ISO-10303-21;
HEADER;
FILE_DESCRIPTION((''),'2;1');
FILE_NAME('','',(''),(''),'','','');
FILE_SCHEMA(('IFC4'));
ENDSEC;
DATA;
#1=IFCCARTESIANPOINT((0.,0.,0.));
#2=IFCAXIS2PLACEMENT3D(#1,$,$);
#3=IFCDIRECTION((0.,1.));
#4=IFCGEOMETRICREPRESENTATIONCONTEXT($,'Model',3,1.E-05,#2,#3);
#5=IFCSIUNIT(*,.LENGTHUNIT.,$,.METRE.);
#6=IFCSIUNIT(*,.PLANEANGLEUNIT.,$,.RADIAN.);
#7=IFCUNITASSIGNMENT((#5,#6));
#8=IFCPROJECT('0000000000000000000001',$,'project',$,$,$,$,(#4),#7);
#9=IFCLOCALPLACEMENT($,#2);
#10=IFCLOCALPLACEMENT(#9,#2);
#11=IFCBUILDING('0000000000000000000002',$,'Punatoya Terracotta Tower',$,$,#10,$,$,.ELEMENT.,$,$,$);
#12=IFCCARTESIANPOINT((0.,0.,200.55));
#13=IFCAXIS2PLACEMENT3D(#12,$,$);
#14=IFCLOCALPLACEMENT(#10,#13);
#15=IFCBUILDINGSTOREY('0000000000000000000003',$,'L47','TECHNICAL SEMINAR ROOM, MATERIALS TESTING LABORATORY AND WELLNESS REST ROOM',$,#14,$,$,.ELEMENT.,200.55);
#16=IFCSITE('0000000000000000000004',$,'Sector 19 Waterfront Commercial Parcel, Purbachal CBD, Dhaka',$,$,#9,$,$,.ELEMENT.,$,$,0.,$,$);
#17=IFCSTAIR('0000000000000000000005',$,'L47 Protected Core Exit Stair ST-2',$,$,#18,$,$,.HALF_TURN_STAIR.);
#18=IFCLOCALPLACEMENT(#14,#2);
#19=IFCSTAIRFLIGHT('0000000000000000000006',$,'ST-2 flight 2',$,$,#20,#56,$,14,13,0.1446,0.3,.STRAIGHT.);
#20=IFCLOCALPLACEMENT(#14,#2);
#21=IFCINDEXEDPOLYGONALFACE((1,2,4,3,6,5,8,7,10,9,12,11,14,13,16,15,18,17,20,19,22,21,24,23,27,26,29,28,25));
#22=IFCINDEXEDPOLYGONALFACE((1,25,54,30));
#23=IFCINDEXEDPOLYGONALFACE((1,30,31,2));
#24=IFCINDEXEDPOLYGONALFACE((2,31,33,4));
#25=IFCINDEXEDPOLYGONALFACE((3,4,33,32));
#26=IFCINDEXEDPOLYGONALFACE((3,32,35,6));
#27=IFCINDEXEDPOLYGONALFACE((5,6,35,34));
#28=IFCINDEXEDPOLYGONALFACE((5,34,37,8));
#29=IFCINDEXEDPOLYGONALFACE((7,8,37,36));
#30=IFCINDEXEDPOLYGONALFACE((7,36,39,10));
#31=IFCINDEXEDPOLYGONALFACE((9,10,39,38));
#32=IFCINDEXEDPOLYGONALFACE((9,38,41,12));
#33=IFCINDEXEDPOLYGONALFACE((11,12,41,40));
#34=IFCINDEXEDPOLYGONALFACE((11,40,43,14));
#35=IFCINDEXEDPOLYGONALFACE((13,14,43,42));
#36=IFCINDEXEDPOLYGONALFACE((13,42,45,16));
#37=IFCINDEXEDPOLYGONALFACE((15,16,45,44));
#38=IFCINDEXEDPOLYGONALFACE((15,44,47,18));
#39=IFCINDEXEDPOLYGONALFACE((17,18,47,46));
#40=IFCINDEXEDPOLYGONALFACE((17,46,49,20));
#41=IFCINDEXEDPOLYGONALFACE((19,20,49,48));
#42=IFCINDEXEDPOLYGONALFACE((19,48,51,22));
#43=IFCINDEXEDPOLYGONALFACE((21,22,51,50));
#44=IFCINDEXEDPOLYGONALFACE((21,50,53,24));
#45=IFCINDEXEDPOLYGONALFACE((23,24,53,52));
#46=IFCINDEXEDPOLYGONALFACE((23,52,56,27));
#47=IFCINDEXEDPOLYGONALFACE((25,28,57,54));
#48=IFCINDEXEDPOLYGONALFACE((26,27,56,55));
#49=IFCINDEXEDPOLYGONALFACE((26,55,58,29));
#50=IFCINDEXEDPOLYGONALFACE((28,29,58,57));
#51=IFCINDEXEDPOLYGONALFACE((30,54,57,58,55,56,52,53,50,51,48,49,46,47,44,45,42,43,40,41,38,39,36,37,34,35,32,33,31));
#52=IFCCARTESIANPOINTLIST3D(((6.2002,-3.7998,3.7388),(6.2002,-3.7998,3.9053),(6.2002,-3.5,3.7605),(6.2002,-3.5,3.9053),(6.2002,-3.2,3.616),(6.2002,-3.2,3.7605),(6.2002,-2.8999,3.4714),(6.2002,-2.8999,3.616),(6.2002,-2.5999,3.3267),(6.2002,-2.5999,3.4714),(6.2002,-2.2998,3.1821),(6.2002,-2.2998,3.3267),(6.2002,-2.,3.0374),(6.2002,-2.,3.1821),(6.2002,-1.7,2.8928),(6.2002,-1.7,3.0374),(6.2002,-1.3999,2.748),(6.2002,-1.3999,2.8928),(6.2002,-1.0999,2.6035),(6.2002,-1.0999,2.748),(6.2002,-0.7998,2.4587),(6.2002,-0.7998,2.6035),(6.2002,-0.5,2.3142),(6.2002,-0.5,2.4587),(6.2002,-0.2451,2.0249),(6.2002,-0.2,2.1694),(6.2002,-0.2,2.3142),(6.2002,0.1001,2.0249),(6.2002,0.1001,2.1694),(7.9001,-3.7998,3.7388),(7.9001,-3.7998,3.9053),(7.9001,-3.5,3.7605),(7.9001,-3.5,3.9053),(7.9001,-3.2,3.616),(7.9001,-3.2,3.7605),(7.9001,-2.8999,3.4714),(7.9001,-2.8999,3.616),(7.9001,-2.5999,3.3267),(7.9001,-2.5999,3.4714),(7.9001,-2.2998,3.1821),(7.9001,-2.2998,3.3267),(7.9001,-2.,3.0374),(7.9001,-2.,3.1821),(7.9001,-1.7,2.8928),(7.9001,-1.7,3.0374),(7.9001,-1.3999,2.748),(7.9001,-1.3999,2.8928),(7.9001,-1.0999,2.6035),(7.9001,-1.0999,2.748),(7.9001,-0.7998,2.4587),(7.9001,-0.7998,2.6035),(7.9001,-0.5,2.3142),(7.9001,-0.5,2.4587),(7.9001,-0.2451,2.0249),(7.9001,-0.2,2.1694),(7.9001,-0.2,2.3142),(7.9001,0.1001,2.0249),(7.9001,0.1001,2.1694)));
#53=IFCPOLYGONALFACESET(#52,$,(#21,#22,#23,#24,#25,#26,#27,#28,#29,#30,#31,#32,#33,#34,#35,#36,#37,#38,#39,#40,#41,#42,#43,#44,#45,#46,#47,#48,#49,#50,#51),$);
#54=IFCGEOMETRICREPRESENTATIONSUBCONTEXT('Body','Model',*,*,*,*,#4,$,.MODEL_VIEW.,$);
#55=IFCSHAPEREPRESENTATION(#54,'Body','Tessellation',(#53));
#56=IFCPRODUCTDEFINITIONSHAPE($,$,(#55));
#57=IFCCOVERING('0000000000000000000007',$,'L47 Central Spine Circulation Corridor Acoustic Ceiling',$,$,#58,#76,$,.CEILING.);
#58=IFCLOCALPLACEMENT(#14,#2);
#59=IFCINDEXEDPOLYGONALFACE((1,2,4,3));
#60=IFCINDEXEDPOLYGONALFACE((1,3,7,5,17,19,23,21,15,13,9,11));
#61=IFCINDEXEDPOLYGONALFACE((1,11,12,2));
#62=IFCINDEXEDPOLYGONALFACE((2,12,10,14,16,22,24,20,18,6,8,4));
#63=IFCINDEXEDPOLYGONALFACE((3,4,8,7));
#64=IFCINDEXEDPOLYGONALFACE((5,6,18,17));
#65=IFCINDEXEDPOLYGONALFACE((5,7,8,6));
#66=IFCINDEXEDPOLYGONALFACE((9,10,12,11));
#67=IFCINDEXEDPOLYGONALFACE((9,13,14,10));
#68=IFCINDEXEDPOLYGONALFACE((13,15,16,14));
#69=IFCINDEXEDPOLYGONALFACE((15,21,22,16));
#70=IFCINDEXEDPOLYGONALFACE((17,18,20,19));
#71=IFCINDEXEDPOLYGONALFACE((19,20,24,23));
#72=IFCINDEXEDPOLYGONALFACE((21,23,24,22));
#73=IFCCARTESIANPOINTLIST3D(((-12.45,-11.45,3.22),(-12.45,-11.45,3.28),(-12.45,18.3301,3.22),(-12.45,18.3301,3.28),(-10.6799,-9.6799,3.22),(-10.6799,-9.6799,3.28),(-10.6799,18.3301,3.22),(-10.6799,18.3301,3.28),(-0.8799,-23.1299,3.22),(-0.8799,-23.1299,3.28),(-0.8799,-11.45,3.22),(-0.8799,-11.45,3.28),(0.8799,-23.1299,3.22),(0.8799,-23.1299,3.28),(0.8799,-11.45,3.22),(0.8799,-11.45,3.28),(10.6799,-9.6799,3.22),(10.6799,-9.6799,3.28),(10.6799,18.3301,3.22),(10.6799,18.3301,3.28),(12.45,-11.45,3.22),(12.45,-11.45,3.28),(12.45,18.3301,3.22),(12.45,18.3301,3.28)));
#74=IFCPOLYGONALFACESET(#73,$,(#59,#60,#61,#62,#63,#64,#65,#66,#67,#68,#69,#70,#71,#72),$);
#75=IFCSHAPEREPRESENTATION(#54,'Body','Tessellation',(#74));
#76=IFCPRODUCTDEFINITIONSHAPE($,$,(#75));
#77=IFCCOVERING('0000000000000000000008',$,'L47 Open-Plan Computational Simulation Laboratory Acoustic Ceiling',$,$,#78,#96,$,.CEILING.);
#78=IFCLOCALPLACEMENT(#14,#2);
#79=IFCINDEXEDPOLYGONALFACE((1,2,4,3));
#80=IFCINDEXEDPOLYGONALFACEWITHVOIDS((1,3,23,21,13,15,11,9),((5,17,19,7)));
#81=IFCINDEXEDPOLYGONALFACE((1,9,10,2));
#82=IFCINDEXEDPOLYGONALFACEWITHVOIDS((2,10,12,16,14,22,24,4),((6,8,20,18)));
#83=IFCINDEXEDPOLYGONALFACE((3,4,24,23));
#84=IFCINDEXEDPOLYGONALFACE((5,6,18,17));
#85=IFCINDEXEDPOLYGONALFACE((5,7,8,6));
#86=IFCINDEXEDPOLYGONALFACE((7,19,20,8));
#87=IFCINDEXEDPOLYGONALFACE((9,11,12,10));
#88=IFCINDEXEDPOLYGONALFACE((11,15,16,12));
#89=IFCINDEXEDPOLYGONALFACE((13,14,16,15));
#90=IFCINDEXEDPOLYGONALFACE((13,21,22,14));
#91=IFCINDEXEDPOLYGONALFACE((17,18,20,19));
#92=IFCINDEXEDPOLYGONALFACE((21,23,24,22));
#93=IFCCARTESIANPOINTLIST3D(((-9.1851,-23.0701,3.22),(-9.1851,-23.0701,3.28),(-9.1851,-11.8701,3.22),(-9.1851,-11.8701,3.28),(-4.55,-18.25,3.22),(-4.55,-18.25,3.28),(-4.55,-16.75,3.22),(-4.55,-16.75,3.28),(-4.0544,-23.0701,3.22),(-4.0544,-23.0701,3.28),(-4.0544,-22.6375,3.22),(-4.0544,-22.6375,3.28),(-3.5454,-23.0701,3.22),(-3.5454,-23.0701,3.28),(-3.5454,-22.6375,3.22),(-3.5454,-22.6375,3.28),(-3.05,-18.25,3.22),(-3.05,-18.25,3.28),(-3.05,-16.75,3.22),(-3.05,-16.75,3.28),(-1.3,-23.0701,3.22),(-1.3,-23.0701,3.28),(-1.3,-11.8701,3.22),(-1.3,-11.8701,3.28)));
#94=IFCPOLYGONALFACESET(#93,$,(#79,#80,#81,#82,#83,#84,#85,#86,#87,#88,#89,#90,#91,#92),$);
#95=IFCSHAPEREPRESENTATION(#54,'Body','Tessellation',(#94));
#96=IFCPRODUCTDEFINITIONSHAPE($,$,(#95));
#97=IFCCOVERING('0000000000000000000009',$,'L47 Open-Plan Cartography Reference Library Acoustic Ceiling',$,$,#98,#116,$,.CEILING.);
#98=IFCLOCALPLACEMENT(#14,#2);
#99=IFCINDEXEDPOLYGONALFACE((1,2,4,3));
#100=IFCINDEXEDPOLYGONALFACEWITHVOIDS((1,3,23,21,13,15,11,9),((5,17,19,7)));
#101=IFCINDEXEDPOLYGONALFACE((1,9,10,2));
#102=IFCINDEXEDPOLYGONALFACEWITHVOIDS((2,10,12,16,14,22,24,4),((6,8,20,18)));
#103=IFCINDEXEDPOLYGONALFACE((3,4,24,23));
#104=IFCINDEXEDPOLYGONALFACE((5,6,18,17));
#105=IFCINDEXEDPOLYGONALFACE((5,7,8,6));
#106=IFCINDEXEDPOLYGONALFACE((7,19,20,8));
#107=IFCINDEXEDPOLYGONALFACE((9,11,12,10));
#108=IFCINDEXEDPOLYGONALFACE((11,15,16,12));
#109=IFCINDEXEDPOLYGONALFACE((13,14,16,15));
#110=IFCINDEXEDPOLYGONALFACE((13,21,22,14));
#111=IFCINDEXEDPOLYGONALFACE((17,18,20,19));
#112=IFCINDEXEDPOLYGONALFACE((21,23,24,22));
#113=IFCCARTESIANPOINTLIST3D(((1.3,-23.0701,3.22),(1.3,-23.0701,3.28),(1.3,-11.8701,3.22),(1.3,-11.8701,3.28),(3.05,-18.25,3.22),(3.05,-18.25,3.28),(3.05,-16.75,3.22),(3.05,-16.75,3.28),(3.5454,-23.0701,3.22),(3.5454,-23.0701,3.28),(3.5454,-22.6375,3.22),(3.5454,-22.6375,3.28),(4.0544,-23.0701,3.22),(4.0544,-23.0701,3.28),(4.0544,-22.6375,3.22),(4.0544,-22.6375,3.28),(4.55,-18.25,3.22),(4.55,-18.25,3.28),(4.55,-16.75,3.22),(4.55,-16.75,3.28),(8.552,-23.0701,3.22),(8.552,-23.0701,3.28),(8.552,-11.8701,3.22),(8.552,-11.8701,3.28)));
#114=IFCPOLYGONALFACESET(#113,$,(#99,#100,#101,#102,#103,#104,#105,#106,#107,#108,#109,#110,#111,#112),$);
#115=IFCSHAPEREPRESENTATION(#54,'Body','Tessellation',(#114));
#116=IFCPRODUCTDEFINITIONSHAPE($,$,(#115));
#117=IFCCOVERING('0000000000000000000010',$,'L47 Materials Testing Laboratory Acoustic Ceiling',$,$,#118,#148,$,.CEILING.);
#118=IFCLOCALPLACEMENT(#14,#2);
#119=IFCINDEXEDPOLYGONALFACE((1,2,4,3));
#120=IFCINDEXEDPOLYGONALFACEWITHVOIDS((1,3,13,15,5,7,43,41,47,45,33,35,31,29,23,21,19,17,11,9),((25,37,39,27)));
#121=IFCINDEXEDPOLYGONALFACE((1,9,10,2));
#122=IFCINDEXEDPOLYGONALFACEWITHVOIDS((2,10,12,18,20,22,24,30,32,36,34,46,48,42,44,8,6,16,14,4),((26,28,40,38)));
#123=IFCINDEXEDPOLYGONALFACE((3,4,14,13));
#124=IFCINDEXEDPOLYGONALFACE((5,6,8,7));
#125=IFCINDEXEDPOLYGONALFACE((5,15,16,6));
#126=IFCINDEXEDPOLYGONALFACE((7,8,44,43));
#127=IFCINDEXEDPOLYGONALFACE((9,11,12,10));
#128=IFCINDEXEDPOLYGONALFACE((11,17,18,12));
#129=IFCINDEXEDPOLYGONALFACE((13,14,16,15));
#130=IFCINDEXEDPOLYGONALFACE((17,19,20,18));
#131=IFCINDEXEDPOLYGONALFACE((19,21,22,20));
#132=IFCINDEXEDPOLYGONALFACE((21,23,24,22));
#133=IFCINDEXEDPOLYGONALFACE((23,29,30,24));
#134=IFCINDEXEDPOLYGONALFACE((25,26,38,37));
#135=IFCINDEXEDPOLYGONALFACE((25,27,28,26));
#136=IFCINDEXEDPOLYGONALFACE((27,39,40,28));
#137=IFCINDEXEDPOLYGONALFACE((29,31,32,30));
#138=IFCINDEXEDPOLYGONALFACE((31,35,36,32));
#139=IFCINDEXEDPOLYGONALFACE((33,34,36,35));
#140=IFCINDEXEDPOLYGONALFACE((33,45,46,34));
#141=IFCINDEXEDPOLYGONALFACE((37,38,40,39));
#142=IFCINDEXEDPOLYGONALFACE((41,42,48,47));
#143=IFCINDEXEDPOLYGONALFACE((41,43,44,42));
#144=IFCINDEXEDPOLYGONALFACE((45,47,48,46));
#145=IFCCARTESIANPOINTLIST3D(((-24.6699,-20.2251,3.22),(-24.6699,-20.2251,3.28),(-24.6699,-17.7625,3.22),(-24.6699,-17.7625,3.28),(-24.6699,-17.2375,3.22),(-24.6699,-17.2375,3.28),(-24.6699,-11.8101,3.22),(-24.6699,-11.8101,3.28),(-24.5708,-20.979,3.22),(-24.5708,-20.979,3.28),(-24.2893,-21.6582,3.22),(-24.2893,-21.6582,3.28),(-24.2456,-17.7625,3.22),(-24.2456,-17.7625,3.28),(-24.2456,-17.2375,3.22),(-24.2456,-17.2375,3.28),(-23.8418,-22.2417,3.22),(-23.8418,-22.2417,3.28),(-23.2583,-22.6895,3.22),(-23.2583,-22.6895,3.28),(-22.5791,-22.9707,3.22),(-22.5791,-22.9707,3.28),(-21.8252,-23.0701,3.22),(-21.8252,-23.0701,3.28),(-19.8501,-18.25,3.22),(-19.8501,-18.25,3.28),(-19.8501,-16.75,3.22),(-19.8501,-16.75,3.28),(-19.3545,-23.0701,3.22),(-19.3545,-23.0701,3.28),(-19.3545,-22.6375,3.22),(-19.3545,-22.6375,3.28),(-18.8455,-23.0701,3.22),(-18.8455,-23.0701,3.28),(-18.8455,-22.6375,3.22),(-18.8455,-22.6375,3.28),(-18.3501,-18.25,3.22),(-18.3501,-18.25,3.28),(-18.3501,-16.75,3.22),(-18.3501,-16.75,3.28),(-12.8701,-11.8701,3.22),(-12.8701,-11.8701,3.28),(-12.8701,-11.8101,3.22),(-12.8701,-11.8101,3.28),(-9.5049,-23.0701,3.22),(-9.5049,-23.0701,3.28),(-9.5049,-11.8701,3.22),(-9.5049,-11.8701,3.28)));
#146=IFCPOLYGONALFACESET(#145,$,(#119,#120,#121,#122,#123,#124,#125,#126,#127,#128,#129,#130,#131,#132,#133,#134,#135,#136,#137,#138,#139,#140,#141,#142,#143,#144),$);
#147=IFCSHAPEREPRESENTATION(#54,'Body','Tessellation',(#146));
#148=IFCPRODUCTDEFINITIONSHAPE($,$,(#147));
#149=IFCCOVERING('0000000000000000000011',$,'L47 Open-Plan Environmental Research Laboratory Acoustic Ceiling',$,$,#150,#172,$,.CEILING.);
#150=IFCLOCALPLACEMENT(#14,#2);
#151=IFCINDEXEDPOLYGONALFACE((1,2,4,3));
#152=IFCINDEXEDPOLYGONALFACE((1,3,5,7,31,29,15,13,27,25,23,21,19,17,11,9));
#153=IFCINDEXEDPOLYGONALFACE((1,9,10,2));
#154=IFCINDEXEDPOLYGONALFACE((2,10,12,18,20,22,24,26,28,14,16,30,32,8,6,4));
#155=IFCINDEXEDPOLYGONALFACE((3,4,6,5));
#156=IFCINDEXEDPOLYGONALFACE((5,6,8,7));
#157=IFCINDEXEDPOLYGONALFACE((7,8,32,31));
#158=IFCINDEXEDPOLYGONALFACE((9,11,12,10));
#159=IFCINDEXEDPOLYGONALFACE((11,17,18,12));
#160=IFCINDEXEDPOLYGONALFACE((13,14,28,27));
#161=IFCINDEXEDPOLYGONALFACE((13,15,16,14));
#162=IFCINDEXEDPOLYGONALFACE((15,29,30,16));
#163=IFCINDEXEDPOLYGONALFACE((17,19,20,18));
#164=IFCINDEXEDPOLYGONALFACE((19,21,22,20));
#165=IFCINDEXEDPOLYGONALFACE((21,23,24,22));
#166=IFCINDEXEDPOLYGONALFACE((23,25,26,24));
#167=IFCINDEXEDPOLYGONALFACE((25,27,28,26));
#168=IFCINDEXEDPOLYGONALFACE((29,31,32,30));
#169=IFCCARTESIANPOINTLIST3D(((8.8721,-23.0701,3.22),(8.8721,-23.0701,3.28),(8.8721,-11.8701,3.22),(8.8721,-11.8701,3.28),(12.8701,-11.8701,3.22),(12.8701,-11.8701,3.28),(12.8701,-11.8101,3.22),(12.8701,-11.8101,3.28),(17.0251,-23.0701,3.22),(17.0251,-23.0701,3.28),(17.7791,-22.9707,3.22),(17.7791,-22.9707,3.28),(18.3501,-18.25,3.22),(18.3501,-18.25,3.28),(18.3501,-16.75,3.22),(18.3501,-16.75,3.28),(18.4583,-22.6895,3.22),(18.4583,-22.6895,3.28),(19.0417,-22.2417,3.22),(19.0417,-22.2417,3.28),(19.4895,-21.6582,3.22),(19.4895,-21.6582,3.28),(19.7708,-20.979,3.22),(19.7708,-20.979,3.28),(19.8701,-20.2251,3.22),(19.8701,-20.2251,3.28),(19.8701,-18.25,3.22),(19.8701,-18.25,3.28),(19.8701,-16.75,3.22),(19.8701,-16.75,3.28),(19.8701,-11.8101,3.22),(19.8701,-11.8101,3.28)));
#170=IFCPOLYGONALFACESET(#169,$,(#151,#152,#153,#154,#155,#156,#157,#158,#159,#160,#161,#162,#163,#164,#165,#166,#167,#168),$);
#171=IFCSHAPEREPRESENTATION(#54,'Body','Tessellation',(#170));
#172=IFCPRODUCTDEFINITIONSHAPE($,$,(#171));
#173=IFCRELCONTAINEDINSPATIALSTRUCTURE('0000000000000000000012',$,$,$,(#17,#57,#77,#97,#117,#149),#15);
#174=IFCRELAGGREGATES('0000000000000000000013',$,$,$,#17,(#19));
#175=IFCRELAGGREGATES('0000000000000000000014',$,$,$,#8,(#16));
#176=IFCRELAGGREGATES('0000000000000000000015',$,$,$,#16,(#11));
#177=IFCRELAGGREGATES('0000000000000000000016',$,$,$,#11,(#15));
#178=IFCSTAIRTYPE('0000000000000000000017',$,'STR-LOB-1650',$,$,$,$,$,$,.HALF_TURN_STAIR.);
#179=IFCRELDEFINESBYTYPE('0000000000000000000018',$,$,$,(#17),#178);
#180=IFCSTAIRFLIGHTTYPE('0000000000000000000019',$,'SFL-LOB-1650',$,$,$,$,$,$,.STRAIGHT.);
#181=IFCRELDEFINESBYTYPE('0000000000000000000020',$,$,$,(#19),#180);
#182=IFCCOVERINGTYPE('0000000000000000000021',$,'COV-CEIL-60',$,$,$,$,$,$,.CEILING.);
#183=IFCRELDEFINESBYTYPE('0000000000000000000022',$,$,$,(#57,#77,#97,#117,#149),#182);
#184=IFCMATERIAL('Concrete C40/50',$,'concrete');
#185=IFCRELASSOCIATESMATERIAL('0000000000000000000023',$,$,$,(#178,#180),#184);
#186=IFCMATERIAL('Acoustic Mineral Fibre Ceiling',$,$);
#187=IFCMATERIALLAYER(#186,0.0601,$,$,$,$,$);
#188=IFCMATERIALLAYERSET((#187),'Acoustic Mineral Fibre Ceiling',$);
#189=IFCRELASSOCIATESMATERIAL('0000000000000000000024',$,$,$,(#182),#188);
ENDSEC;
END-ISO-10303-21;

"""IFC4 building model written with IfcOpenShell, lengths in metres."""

from ifc_helpers import new_model, si_unit, direction, frame, origin, place, context, subcontext, project, spatial, polyline, outline, extrude, material, layer, layer_set, type_object, element, aggregate, save


model = new_model("IFC4")

# Units and contexts
model_context = context("Model", 3, precision=1e-05, world=origin(), true_north=direction((0.0, 1.0)))
body_context = subcontext(model_context, "Body", "Model", "MODEL_VIEW")
ifc_project = project(units=[si_unit("LENGTHUNIT", "METRE"), si_unit("PLANEANGLEUNIT", "RADIAN")], contexts=[model_context])

# Site, building, storey
site_placement = place(None, origin())
site = spatial("IfcSite", under=ifc_project, at=site_placement, Name="Sector 19 Waterfront Commercial Parcel, Purbachal CBD, Dhaka", CompositionType="ELEMENT", RefElevation=0.0)
building_placement = place(site_placement, origin())
building = spatial("IfcBuilding", under=site, at=building_placement, Name="Punatoya Terracotta Tower", CompositionType="ELEMENT")
storey_placement = place(building_placement, frame((0.0, 0.0, 200.55)))
storey = spatial("IfcBuildingStorey", under=building, at=storey_placement, Name="L47", Description="TECHNICAL SEMINAR ROOM, MATERIALS TESTING LABORATORY AND WELLNESS REST ROOM", CompositionType="ELEMENT", Elevation=200.55)

# Stair
ifc_material_1 = material(Name="Concrete C40/50", Category="concrete")
stair_type_1 = type_object("IfcStairType", Name="STR-LOB-1650", PredefinedType="HALF_TURN_STAIR", material=ifc_material_1)
stair_1_placement = place(storey_placement, origin())
stair_1 = element("IfcStair", 1, at=stair_1_placement, inside=storey, type_object=stair_type_1, Name="L47 Protected Core Exit Stair ST-2", PredefinedType="HALF_TURN_STAIR")

# Stair flight
stair_flight_type = type_object("IfcStairFlightType", Name="SFL-LOB-1650", PredefinedType="STRAIGHT", material=ifc_material_1)
stair_flight_placement = place(storey_placement, frame((7.05, 0.1001, 2.0249), z_axis=(0.0, 0.0, 1.0), x_axis=(0.0, -1.0, 0.0)))
stair_flight = element("IfcStairFlight", 2, at=stair_flight_placement, type_object=stair_flight_type, Name="ST-2 flight 2", NumberOfRisers=14, NumberOfTreads=13, PredefinedType="STRAIGHT", RiserHeight=0.1446, TreadLength=0.3, context=body_context, shape_type="SweptSolid", body=[
    extrude(outline(polyline([(0.0, 0.0), (0.0, 0.1445), (0.3, 0.1445), (0.3, 0.2893), (0.6001, 0.2893), (0.6001, 0.4338), (0.8999, 0.4338), (0.8999, 0.5786), (1.2, 0.5786), (1.2, 0.7231), (1.5, 0.7231), (1.5, 0.8679), (1.8, 0.8679), (1.8, 1.0125), (2.1001, 1.0125), (2.1001, 1.1572), (2.3999, 1.1572), (2.3999, 1.3018), (2.7, 1.3018), (2.7, 1.4465), (3.0, 1.4465), (3.0, 1.5911), (3.3, 1.5911), (3.3, 1.7356), (3.6001, 1.7356), (3.6001, 1.8804), (3.8999, 1.8804), (3.8999, 2.0249), (3.8999, 1.7139), (0.3452, 0.0), (0.0, 0.0)])), frame((0.0, 0.8501, 0.0), z_axis=(0.0, -1.0, 0.0), x_axis=(1.0, 0.0, 0.0)), (0.0, 0.0, 1.0), 1.7),
])
aggregate(stair_1, [stair_flight])

# Coverings
ifc_material_2 = material(Name="Acoustic Mineral Fibre Ceiling")
ifc_layer_1 = layer(ifc_material_2, 0.0601)
ifc_layer_set_1 = layer_set([ifc_layer_1], Name="Acoustic Mineral Fibre Ceiling")
covering_type = type_object("IfcCoveringType", Name="COV-CEIL-60", PredefinedType="CEILING", material=ifc_layer_set_1)
covering_1_placement = place(storey_placement, frame((0.0, 0.0, 3.22)))
element("IfcCovering", 3, at=covering_1_placement, inside=storey, type_object=covering_type, Name="L47 Central Spine Circulation Corridor Acoustic Ceiling", PredefinedType="CEILING", context=body_context, shape_type="SweptSolid", body=[
    extrude(outline(polyline([(12.45, -11.45), (12.45, 18.3301), (10.6799, 18.3301), (10.6799, -9.6799), (-10.6799, -9.6799), (-10.6799, 18.3301), (-12.45, 18.3301), (-12.45, -11.45), (-0.8799, -11.45), (-0.8799, -23.1299), (0.8799, -23.1299), (0.8799, -11.45), (12.45, -11.45)])), origin(), (0.0, 0.0, 1.0), 0.0601),
])
covering_2_placement = place(storey_placement, frame((0.0, 0.0, 3.22)))
element("IfcCovering", 4, at=covering_2_placement, inside=storey, type_object=covering_type, Name="L47 Open-Plan Computational Simulation Laboratory Acoustic Ceiling", PredefinedType="CEILING", context=body_context, shape_type="SweptSolid", body=[
    extrude(outline(polyline([(-1.3, -11.8701), (-9.1851, -11.8701), (-9.1851, -23.0701), (-4.0544, -23.0701), (-4.0544, -22.6375), (-3.5454, -22.6375), (-3.5454, -23.0701), (-1.3, -23.0701), (-1.3, -11.8701)]), holes=[polyline([(-4.55, -16.75), (-3.05, -16.75), (-3.05, -18.25), (-4.55, -18.25), (-4.55, -16.75)])]), origin(), (0.0, 0.0, 1.0), 0.0601),
])
covering_3_placement = place(storey_placement, frame((0.0, 0.0, 3.22)))
element("IfcCovering", 5, at=covering_3_placement, inside=storey, type_object=covering_type, Name="L47 Open-Plan Cartography Reference Library Acoustic Ceiling", PredefinedType="CEILING", context=body_context, shape_type="SweptSolid", body=[
    extrude(outline(polyline([(1.3, -23.0701), (3.5454, -23.0701), (3.5454, -22.6375), (4.0544, -22.6375), (4.0544, -23.0701), (8.552, -23.0701), (8.552, -11.8701), (1.3, -11.8701), (1.3, -23.0701)]), holes=[polyline([(4.55, -16.75), (4.55, -18.25), (3.05, -18.25), (3.05, -16.75), (4.55, -16.75)])]), origin(), (0.0, 0.0, 1.0), 0.0601),
])
covering_4_placement = place(storey_placement, frame((0.0, 0.0, 3.22)))
element("IfcCovering", 6, at=covering_4_placement, inside=storey, type_object=covering_type, Name="L47 Materials Testing Laboratory Acoustic Ceiling", PredefinedType="CEILING", context=body_context, shape_type="SweptSolid", body=[
    extrude(outline(polyline([(-12.8701, -11.8701), (-12.8701, -11.8101), (-24.6699, -11.8101), (-24.6699, -17.2375), (-24.2456, -17.2375), (-24.2456, -17.7625), (-24.6699, -17.7625), (-24.6699, -20.2251), (-24.5708, -20.979), (-24.2893, -21.6582), (-23.8418, -22.2417), (-23.2583, -22.6895), (-22.5791, -22.9707), (-21.8252, -23.0701), (-19.3545, -23.0701), (-19.3545, -22.6375), (-18.8455, -22.6375), (-18.8455, -23.0701), (-9.5049, -23.0701), (-9.5049, -11.8701), (-12.8701, -11.8701)]), holes=[polyline([(-19.8501, -18.25), (-19.8501, -16.75), (-18.3501, -16.75), (-18.3501, -18.25), (-19.8501, -18.25)])]), origin(), (0.0, 0.0, 1.0), 0.0601),
])
covering_5_placement = place(storey_placement, frame((0.0, 0.0, 3.22)))
element("IfcCovering", 7, at=covering_5_placement, inside=storey, type_object=covering_type, Name="L47 Open-Plan Environmental Research Laboratory Acoustic Ceiling", PredefinedType="CEILING", context=body_context, shape_type="SweptSolid", body=[
    extrude(outline(polyline([(12.8701, -11.8701), (8.8721, -11.8701), (8.8721, -23.0701), (17.0251, -23.0701), (17.7791, -22.9707), (18.4583, -22.6895), (19.0417, -22.2417), (19.4895, -21.6582), (19.7708, -20.979), (19.8701, -20.2251), (19.8701, -18.25), (18.3501, -18.25), (18.3501, -16.75), (19.8701, -16.75), (19.8701, -11.8101), (12.8701, -11.8101), (12.8701, -11.8701)])), origin(), (0.0, 0.0, 1.0), 0.0601),
])

save(model, "model.ifc")
